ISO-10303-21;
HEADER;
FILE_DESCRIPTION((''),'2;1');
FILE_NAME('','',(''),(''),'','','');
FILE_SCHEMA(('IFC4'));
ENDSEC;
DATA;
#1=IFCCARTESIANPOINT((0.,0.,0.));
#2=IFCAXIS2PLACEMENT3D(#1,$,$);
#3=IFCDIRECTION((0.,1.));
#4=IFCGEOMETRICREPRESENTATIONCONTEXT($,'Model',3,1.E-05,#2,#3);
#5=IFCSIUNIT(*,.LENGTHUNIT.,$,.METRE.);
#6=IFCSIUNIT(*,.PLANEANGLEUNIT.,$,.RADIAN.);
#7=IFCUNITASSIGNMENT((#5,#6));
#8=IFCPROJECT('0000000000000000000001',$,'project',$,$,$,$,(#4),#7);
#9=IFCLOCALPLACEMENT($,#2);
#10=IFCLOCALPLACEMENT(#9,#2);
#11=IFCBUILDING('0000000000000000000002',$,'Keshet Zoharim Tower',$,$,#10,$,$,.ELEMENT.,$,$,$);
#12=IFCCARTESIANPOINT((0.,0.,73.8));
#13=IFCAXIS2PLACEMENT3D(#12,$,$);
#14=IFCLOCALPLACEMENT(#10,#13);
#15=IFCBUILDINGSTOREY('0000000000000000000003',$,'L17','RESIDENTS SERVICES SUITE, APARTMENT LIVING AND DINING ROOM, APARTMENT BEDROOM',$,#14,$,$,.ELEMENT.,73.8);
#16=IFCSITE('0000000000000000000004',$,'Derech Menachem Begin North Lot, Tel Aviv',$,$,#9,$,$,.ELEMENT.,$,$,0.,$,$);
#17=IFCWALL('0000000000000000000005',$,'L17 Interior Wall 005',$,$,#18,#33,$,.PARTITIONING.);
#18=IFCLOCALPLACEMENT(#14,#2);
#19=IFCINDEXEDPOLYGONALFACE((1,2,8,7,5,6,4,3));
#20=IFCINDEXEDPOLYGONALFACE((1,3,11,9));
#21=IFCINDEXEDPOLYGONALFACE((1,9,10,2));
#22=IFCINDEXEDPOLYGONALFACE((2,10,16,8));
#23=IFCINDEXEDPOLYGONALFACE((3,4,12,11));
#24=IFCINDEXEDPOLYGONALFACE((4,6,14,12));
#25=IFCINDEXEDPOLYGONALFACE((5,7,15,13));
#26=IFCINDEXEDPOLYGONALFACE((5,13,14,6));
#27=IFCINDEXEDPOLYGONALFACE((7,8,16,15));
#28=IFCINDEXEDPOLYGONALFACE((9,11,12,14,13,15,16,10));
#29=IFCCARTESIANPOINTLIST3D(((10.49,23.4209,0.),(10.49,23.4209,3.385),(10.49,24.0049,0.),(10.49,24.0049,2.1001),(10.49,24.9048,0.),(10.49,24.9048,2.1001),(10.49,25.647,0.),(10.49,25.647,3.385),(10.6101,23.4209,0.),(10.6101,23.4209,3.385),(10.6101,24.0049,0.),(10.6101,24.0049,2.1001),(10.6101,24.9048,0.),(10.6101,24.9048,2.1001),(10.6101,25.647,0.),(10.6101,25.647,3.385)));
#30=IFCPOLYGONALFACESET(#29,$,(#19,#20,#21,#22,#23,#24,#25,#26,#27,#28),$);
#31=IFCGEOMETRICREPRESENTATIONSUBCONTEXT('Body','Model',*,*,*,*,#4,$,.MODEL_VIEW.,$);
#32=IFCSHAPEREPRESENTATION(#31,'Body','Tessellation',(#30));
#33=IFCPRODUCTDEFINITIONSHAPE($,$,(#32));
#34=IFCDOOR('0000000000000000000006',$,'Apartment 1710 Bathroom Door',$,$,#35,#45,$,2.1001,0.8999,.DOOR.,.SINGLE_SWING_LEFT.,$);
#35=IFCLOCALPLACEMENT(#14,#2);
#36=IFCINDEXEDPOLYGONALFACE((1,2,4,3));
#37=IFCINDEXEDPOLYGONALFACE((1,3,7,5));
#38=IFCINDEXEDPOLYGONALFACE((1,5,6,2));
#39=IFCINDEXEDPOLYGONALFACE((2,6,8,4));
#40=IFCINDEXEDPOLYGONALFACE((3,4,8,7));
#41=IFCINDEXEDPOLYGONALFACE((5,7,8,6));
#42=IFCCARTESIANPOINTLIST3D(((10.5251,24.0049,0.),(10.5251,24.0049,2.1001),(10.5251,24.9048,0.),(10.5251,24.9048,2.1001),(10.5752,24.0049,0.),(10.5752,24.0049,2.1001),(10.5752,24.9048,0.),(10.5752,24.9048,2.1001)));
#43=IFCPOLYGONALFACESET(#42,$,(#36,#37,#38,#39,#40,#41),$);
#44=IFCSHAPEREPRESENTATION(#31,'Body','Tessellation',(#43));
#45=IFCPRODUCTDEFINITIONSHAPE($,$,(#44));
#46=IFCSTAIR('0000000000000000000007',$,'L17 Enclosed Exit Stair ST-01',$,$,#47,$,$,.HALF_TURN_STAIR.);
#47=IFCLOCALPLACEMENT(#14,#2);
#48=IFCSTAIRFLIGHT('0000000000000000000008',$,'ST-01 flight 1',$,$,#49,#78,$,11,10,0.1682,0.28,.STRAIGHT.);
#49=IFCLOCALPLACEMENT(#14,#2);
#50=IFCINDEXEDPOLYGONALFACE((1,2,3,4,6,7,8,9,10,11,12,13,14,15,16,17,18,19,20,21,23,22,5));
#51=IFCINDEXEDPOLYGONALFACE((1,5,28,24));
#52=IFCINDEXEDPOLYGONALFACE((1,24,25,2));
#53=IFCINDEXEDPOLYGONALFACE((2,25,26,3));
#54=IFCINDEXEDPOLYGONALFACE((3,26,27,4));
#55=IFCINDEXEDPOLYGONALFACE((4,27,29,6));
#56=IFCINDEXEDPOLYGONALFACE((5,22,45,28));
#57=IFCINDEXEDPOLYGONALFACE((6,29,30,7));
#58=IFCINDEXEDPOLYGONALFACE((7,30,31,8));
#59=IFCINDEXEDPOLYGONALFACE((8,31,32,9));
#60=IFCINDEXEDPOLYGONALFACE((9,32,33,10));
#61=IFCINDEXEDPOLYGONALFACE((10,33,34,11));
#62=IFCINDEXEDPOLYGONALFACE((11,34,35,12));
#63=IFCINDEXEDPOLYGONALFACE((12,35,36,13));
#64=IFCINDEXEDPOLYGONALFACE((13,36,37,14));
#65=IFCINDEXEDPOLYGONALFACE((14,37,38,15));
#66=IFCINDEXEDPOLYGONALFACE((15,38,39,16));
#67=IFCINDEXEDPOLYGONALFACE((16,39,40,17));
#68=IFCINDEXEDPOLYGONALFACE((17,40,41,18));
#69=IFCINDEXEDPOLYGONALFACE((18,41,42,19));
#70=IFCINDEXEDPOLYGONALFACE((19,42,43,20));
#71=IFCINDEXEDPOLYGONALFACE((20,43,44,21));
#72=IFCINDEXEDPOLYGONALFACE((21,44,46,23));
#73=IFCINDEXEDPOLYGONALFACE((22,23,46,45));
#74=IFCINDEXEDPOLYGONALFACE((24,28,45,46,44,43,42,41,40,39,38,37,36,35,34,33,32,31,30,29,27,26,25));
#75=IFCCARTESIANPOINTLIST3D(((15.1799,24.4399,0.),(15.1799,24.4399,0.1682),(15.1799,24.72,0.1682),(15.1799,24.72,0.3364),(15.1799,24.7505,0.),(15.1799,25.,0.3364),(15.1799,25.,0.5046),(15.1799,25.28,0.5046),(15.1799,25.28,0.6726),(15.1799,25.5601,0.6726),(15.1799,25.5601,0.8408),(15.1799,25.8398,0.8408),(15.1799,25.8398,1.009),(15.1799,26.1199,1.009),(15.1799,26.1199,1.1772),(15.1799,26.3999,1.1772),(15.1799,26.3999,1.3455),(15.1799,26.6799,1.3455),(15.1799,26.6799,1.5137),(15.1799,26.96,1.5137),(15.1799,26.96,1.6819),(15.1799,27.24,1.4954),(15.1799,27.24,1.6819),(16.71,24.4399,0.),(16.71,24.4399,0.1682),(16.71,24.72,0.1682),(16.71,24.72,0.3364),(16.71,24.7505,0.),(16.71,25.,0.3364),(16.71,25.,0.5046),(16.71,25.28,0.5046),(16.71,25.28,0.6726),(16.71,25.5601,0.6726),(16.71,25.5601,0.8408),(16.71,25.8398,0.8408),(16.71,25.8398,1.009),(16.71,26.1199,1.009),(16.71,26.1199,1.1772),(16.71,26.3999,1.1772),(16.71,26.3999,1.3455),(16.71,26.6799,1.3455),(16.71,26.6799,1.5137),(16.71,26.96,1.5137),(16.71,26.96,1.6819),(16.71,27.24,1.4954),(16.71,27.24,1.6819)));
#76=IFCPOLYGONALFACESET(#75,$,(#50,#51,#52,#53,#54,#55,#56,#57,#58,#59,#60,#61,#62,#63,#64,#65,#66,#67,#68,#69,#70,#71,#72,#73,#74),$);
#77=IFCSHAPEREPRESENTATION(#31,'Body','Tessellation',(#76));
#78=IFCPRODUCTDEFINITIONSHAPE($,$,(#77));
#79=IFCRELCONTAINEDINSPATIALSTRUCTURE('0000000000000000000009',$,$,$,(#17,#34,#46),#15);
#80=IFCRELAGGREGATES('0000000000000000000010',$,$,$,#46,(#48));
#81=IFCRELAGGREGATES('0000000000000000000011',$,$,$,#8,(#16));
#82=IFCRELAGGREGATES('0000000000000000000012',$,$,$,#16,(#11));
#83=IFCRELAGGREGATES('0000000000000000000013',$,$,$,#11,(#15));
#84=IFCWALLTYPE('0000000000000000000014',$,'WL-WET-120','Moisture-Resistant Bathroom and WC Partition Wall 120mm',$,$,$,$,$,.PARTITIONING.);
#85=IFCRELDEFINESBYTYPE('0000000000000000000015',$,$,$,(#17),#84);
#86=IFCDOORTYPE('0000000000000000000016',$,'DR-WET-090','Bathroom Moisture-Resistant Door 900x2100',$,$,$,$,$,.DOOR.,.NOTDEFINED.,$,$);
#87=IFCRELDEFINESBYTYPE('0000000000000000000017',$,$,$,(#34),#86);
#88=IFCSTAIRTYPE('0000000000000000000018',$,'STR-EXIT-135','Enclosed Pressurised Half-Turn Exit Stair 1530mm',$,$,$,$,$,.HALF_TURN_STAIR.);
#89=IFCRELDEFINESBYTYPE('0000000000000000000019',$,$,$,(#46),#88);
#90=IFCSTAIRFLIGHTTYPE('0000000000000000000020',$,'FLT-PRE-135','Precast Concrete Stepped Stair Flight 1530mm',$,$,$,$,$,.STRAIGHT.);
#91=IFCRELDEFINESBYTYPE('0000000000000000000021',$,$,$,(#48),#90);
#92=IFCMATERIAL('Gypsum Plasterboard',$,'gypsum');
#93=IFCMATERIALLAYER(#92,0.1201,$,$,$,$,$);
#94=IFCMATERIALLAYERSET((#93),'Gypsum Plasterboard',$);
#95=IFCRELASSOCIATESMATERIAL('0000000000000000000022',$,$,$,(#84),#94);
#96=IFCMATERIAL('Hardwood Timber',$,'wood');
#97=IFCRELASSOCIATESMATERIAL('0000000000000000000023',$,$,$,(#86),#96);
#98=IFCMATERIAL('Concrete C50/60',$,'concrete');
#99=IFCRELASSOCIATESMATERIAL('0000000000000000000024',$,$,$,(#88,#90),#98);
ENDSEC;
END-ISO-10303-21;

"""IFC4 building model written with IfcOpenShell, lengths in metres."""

from ifc_helpers import new_model, si_unit, direction, frame, frame_2d, origin, place, context, subcontext, project, spatial, polyline, rectangle, outline, extrude, material, layer, layer_set, type_object, element, fill, aggregate, save


model = new_model("IFC4")

# Units and contexts
model_context = context("Model", 3, precision=1e-05, world=origin(), true_north=direction((0.0, 1.0)))
body_context = subcontext(model_context, "Body", "Model", "MODEL_VIEW")
ifc_project = project(units=[si_unit("LENGTHUNIT", "METRE"), si_unit("PLANEANGLEUNIT", "RADIAN")], contexts=[model_context])

# Site, building, storey
site_placement = place(None, origin())
site = spatial("IfcSite", under=ifc_project, at=site_placement, Name="Derech Menachem Begin North Lot, Tel Aviv", CompositionType="ELEMENT", RefElevation=0.0)
building_placement = place(site_placement, origin())
building = spatial("IfcBuilding", under=site, at=building_placement, Name="Keshet Zoharim Tower", CompositionType="ELEMENT")
storey_placement = place(building_placement, frame((0.0, 0.0, 73.8)))
storey = spatial("IfcBuildingStorey", under=building, at=storey_placement, Name="L17", Description="RESIDENTS SERVICES SUITE, APARTMENT LIVING AND DINING ROOM, APARTMENT BEDROOM", CompositionType="ELEMENT", Elevation=73.8)

# Shared definitions
ifc_material_1 = material(Name="Hardwood Timber", Category="wood")

# Shared definitions
ifc_material_2 = material(Name="Gypsum Plasterboard", Category="gypsum")

# Shared definitions
ifc_material_3 = material(Name="Concrete C50/60", Category="concrete")

# Wall, opening, door
ifc_layer_1 = layer(ifc_material_2, 0.1201)
ifc_layer_set_1 = layer_set([ifc_layer_1], Name="Gypsum Plasterboard")
wall_type_1 = type_object("IfcWallType", Name="WL-WET-120", Description="Moisture-Resistant Bathroom and WC Partition Wall 120mm", PredefinedType="PARTITIONING", material=ifc_layer_set_1)
wall_1_placement = place(storey_placement, frame((10.55, 23.4209, 0.0), z_axis=(0.0, 0.0, 1.0), x_axis=(0.0, 1.0, 0.0)))
wall_1 = element("IfcWall", 1, at=wall_1_placement, inside=storey, type_object=wall_type_1, Name="L17 Interior Wall 005", PredefinedType="PARTITIONING", context=body_context, shape_type="SweptSolid", body=[
    extrude(rectangle(XDim=2.2261, YDim=0.1201, at=frame_2d((1.113, 0.0))), origin(), (0.0, 0.0, 1.0), 3.385),
])
opening_1_placement = place(wall_1_placement, frame((0.584, 0.0, 0.0)))
opening_1 = element("IfcOpeningElement", 2, at=opening_1_placement, cuts=wall_1, PredefinedType="OPENING", context=body_context, shape_type="SweptSolid", body=[
    extrude(rectangle(XDim=0.8999, YDim=2.1001, at=frame_2d((0.45, 1.05))), frame((0.0, 0.0701, 0.0), z_axis=(0.0, -1.0, 0.0), x_axis=(1.0, 0.0, 0.0)), (0.0, 0.0, 1.0), 0.1401),
])
door_type_1 = type_object("IfcDoorType", Name="DR-WET-090", Description="Bathroom Moisture-Resistant Door 900x2100", OperationType="NOTDEFINED", PredefinedType="DOOR", material=ifc_material_1)
door_1_placement = place(opening_1_placement, origin())
door_1 = element("IfcDoor", 3, at=door_1_placement, inside=storey, type_object=door_type_1, Name="Apartment 1710 Bathroom Door", OperationType="SINGLE_SWING_LEFT", OverallHeight=2.1001, OverallWidth=0.8999, PredefinedType="DOOR", context=body_context, shape_type="SweptSolid", body=[
    extrude(rectangle(XDim=0.8999, YDim=2.1001, at=frame_2d((0.45, 1.05))), frame((0.0, 0.0249, 0.0), z_axis=(0.0, -1.0, 0.0), x_axis=(1.0, 0.0, 0.0)), (0.0, 0.0, 1.0), 0.05),
])
fill(opening_1, door_1)

# Stair, stair flight
stair_type = type_object("IfcStairType", Name="STR-EXIT-135", Description="Enclosed Pressurised Half-Turn Exit Stair 1530mm", PredefinedType="HALF_TURN_STAIR", material=ifc_material_3)
stair_placement = place(storey_placement, origin())
stair = element("IfcStair", 4, at=stair_placement, inside=storey, type_object=stair_type, Name="L17 Enclosed Exit Stair ST-01", PredefinedType="HALF_TURN_STAIR")
stair_flight_type = type_object("IfcStairFlightType", Name="FLT-PRE-135", Description="Precast Concrete Stepped Stair Flight 1530mm", PredefinedType="STRAIGHT", material=ifc_material_3)
stair_flight_placement = place(storey_placement, frame((15.9451, 24.4399, 0.0), z_axis=(0.0, 0.0, 1.0), x_axis=(0.0, 1.0, 0.0)))
stair_flight = element("IfcStairFlight", 5, at=stair_flight_placement, type_object=stair_flight_type, Name="ST-01 flight 1", NumberOfRisers=11, NumberOfTreads=10, PredefinedType="STRAIGHT", RiserHeight=0.1682, TreadLength=0.28, context=body_context, shape_type="SweptSolid", body=[
    extrude(outline(polyline([(0.0, 0.0), (0.0, 0.1682), (0.28, 0.1682), (0.28, 0.3364), (0.5601, 0.3364), (0.5601, 0.5046), (0.8401, 0.5046), (0.8401, 0.6726), (1.1201, 0.6726), (1.1201, 0.8408), (1.3999, 0.8408), (1.3999, 1.009), (1.6799, 1.009), (1.6799, 1.1772), (1.96, 1.1772), (1.96, 1.3455), (2.24, 1.3455), (2.24, 1.5137), (2.52, 1.5137), (2.52, 1.6819), (2.8, 1.6819), (2.8, 1.8501), (2.8, 1.4954), (0.3105, 0.0), (0.0, 0.0)])), frame((0.0, 0.7651, 0.0), z_axis=(0.0, -1.0, 0.0), x_axis=(1.0, 0.0, 0.0)), (0.0, 0.0, 1.0), 1.53),
])
aggregate(stair, [stair_flight])

save(model, "model.ifc")
